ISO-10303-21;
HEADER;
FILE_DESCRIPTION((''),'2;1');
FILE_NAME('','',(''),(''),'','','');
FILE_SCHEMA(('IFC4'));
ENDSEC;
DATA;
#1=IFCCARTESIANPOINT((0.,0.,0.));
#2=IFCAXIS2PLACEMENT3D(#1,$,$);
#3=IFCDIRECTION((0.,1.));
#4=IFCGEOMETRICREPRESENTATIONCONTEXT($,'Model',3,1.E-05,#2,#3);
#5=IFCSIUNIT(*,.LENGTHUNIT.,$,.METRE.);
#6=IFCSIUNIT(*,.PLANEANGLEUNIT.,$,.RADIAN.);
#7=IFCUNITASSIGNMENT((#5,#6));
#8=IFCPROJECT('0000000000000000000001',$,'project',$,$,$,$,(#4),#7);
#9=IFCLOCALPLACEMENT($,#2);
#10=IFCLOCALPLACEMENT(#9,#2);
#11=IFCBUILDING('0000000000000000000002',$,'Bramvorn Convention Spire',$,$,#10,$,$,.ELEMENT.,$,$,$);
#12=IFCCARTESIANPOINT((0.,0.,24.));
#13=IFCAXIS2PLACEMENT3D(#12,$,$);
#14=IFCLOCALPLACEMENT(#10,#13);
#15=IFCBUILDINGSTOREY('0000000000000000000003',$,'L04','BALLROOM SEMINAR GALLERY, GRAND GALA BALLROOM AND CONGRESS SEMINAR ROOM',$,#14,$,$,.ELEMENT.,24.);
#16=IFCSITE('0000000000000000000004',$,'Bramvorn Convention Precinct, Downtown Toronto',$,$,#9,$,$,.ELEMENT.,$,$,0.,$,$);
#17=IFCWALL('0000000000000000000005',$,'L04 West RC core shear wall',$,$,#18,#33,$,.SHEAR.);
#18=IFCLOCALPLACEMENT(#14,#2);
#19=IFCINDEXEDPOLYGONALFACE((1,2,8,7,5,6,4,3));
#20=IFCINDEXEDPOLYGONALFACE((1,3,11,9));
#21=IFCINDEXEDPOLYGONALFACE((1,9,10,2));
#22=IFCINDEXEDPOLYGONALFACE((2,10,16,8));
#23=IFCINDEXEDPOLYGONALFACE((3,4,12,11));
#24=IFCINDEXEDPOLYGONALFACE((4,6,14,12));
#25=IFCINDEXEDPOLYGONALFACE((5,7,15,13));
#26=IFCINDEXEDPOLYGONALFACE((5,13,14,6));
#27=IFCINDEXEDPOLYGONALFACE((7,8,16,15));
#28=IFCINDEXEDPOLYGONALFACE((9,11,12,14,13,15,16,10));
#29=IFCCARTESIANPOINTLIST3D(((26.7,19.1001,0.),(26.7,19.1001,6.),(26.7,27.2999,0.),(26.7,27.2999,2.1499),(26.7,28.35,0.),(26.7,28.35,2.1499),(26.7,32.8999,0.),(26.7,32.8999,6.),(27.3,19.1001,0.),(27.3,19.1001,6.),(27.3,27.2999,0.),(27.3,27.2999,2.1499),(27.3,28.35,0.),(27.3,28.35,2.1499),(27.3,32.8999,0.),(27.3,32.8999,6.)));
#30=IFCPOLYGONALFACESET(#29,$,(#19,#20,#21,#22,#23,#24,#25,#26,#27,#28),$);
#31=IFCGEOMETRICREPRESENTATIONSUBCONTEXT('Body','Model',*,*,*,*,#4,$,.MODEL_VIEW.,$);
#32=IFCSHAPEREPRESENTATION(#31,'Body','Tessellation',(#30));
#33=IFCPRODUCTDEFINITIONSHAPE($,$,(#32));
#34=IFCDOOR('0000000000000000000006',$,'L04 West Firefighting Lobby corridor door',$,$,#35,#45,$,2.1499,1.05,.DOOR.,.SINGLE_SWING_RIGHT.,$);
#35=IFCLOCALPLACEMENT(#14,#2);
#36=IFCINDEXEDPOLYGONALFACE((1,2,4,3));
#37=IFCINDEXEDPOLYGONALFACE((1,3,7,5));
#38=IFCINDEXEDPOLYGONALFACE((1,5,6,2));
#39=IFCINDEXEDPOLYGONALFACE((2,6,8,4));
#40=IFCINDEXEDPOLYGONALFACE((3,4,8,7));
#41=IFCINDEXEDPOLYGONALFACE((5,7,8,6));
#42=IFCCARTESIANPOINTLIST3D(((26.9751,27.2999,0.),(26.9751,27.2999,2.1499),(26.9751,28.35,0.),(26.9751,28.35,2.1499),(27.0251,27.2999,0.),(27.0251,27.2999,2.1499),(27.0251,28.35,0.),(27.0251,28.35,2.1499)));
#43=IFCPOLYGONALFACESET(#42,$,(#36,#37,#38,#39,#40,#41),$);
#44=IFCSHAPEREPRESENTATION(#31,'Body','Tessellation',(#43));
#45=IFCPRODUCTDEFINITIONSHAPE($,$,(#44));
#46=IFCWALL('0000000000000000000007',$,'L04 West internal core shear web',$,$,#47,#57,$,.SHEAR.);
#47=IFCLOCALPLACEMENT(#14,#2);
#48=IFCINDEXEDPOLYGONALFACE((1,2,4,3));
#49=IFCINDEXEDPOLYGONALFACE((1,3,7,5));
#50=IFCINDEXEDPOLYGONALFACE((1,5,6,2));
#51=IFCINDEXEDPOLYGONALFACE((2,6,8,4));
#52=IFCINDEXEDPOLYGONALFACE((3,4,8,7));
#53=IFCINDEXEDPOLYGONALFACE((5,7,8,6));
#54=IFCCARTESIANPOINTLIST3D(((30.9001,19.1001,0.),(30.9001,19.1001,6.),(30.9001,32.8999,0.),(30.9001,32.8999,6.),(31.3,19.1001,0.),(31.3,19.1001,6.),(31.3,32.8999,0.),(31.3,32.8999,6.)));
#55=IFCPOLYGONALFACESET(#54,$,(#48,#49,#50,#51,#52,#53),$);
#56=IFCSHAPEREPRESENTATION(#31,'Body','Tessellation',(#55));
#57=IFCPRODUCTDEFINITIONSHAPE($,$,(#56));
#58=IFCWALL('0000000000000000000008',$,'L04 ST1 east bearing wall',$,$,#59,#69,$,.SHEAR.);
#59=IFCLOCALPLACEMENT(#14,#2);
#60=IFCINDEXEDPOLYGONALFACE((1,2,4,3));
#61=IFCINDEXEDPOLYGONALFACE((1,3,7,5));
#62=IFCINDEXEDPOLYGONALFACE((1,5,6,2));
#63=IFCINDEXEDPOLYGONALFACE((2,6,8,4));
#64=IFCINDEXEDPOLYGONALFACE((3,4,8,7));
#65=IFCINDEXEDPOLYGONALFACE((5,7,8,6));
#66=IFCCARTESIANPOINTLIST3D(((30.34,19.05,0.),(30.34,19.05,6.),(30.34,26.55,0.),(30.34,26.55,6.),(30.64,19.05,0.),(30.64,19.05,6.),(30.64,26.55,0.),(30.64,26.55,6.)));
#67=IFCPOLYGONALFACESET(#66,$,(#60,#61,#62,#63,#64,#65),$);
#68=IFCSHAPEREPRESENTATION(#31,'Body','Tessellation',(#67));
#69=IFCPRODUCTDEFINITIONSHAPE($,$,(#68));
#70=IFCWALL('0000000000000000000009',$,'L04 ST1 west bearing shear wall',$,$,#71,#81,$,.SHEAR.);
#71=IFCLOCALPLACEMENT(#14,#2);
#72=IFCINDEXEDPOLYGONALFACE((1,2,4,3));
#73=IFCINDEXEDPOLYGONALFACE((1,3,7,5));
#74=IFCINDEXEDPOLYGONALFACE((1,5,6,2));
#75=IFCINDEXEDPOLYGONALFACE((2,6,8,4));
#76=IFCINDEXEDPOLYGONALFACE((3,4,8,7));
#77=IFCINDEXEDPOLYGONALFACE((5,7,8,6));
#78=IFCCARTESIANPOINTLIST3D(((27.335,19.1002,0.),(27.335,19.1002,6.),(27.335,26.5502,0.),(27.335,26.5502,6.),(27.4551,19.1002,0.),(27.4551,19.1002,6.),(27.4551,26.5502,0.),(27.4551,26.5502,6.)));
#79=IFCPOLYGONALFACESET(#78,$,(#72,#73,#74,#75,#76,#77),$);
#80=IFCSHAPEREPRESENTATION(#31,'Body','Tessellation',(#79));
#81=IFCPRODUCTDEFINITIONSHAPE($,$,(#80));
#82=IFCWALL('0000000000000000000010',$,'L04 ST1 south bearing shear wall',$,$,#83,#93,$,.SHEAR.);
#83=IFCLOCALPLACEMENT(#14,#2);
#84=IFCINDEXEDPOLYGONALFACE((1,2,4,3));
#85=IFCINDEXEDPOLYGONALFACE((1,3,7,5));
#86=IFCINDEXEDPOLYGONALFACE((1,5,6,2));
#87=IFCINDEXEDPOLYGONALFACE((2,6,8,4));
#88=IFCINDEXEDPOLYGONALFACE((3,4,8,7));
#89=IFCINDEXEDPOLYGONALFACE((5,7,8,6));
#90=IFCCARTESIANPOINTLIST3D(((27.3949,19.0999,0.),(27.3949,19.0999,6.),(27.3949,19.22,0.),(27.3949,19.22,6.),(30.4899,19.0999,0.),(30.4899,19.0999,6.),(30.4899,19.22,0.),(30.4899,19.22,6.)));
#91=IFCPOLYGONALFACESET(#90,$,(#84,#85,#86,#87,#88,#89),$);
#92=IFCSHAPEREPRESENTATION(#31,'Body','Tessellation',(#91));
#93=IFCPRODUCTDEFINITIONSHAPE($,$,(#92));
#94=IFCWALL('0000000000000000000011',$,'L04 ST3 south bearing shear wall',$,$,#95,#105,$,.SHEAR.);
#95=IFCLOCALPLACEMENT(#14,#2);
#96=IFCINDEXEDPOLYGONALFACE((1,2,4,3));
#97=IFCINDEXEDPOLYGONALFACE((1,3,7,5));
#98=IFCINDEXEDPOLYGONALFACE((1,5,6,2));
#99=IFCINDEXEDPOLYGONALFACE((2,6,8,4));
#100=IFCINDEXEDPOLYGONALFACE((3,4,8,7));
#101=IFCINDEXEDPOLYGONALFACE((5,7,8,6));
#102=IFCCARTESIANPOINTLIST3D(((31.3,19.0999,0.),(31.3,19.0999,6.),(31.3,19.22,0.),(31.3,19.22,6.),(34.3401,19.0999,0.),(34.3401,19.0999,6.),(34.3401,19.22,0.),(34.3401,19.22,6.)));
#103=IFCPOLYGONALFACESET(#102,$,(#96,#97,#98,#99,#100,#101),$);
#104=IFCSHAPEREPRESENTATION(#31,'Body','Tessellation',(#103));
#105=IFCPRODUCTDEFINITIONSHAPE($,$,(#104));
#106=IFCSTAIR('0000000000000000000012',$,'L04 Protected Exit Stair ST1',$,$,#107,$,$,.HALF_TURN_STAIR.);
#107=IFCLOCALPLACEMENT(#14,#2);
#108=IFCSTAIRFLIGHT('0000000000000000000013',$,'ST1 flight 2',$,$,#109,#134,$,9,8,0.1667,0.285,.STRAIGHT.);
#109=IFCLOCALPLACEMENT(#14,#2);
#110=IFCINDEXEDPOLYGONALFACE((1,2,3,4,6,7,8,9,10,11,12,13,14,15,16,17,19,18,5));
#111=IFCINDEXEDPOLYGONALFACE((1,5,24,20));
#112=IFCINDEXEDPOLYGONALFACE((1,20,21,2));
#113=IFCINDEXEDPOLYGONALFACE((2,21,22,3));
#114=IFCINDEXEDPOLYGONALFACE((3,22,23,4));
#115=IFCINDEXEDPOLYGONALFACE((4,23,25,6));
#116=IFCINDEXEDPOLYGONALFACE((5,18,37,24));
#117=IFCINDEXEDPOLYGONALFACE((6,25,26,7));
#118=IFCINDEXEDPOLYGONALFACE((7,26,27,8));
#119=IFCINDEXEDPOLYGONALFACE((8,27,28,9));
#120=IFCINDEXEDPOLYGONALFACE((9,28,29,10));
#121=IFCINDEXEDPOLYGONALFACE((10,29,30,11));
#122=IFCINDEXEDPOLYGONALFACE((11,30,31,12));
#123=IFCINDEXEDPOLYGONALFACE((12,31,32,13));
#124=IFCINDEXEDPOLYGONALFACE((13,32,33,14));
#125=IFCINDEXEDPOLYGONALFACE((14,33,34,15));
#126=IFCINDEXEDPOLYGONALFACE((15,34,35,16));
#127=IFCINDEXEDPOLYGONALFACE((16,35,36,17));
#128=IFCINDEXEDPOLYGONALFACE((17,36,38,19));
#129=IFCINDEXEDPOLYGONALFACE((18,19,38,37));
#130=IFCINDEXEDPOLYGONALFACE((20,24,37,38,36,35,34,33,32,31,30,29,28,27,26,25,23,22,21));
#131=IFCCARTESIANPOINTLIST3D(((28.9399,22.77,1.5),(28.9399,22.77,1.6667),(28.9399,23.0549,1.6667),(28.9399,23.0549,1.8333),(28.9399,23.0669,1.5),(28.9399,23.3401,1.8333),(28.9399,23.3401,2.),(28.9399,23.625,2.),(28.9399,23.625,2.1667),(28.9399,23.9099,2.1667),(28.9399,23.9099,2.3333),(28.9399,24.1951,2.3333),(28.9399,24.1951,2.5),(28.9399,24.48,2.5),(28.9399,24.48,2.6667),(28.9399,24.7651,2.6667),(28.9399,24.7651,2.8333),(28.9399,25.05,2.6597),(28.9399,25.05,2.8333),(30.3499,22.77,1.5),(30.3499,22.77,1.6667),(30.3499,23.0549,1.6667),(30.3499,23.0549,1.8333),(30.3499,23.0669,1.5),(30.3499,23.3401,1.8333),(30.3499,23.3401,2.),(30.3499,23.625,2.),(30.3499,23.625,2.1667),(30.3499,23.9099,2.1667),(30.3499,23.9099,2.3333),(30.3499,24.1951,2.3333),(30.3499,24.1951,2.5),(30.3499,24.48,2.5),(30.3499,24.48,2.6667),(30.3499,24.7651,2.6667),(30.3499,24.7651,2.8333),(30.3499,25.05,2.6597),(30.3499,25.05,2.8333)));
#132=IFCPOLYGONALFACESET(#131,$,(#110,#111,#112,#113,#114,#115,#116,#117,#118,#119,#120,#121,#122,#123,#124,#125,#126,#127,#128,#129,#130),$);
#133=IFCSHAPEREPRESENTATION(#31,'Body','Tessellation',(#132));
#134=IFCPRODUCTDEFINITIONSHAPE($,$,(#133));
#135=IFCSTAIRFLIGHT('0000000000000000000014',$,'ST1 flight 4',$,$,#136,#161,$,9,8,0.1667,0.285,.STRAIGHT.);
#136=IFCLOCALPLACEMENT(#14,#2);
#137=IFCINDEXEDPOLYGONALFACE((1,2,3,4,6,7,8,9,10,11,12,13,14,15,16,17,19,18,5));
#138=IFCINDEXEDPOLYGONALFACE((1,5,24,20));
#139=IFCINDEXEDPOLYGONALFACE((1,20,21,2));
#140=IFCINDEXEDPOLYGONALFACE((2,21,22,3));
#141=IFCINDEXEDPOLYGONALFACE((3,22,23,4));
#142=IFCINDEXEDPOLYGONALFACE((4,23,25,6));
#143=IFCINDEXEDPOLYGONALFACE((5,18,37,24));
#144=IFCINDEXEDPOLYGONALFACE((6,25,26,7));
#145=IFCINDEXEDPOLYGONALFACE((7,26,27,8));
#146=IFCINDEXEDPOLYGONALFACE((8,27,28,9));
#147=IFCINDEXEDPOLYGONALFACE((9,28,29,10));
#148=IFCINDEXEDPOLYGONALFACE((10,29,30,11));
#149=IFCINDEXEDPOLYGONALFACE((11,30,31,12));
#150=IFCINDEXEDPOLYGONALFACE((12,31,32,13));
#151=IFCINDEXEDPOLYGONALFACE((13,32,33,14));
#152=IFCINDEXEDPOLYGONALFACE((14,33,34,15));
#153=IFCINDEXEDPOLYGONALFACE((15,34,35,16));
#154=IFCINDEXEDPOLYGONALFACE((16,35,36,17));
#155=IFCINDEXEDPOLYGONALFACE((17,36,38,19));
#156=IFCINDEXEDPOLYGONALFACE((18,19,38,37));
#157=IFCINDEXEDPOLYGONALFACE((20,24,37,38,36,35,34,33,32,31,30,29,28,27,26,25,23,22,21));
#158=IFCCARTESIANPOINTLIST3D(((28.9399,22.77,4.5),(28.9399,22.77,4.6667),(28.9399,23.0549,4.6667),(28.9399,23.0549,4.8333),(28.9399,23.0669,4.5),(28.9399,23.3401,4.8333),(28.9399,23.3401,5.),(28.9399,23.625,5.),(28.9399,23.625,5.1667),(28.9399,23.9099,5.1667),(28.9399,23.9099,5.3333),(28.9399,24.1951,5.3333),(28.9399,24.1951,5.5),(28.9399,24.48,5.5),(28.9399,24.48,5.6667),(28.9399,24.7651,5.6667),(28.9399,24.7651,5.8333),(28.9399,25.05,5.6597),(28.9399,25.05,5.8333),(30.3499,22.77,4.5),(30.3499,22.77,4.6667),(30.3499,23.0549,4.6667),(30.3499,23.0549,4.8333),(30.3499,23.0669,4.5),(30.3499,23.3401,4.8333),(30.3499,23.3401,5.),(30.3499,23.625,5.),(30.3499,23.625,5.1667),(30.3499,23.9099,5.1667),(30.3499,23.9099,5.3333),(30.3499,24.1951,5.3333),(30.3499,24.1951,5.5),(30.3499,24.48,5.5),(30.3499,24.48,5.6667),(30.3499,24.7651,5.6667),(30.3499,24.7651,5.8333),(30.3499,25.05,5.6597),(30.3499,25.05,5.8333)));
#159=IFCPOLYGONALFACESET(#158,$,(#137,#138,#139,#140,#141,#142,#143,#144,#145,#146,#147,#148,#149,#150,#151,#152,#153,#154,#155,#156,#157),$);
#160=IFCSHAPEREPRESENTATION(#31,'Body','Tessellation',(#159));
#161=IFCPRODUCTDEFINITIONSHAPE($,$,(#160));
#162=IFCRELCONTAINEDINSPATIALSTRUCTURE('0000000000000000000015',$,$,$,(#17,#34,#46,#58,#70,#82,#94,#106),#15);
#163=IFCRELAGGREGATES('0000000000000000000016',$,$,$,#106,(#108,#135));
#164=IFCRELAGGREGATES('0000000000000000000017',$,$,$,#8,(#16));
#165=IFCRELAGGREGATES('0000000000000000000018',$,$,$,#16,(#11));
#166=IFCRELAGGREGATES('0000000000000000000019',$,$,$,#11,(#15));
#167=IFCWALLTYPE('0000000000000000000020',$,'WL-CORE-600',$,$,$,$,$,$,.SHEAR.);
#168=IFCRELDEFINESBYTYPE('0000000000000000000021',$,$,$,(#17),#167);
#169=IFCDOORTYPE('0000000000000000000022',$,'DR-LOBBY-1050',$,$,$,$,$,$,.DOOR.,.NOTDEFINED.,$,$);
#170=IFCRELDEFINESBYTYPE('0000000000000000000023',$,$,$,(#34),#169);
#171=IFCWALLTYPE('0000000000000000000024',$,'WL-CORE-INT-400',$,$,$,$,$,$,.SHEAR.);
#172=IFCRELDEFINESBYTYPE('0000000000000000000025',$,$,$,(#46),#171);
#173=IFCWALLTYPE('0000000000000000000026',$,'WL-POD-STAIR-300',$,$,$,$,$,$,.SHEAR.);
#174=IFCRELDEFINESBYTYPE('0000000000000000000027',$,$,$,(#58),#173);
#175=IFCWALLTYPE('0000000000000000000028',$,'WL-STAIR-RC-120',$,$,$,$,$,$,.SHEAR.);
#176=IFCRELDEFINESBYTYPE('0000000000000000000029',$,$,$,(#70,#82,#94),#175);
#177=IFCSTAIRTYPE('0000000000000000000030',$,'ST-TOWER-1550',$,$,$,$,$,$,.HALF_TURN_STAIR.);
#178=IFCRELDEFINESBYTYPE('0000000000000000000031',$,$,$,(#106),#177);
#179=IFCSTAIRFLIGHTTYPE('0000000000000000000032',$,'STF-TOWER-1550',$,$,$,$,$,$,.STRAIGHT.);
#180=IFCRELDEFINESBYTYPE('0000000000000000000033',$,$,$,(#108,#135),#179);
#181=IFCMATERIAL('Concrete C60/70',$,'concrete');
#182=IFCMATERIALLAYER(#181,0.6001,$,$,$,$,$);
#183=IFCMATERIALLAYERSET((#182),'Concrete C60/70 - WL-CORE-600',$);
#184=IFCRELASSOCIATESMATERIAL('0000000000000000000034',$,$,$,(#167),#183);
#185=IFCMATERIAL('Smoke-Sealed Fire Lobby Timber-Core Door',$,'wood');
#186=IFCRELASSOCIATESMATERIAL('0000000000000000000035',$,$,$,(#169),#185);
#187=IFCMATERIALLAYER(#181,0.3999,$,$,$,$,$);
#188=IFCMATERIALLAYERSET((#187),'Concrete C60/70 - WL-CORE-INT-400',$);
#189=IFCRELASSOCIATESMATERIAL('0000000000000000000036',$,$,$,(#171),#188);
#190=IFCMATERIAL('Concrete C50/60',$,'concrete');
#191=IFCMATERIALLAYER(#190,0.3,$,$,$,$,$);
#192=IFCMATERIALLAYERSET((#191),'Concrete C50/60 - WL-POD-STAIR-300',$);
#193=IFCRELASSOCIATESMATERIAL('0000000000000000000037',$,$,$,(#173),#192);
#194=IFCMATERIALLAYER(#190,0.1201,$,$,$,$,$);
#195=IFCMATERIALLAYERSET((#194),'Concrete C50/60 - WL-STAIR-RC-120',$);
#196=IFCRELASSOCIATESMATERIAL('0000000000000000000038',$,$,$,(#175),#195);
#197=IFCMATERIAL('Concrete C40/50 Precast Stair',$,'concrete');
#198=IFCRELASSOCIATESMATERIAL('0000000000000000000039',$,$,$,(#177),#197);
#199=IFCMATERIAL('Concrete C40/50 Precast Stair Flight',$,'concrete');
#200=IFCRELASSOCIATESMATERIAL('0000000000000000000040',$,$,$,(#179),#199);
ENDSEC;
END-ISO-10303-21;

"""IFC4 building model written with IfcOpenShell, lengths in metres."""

from ifc_helpers import new_model, si_unit, direction, frame, frame_2d, origin, place, context, subcontext, project, spatial, polyline, rectangle, outline, extrude, material, layer, layer_set, type_object, element, fill, aggregate, save


model = new_model("IFC4")

# Units and contexts
model_context = context("Model", 3, precision=1e-05, world=origin(), true_north=direction((0.0, 1.0)))
body_context = subcontext(model_context, "Body", "Model", "MODEL_VIEW")
ifc_project = project(units=[si_unit("LENGTHUNIT", "METRE"), si_unit("PLANEANGLEUNIT", "RADIAN")], contexts=[model_context])

# Site, building, storey
site_placement = place(None, origin())
site = spatial("IfcSite", under=ifc_project, at=site_placement, Name="Bramvorn Convention Precinct, Downtown Toronto", CompositionType="ELEMENT", RefElevation=0.0)
building_placement = place(site_placement, origin())
building = spatial("IfcBuilding", under=site, at=building_placement, Name="Bramvorn Convention Spire", CompositionType="ELEMENT")
storey_placement = place(building_placement, frame((0.0, 0.0, 24.0)))
storey = spatial("IfcBuildingStorey", under=building, at=storey_placement, Name="L04", Description="BALLROOM SEMINAR GALLERY, GRAND GALA BALLROOM AND CONGRESS SEMINAR ROOM", CompositionType="ELEMENT", Elevation=24.0)

# Wall, opening, door
ifc_material_1 = material(Name="Concrete C60/70", Category="concrete")
ifc_layer_1 = layer(ifc_material_1, 0.6001)
ifc_layer_set_1 = layer_set([ifc_layer_1], Name="Concrete C60/70 - WL-CORE-600")
wall_type_1 = type_object("IfcWallType", Name="WL-CORE-600", PredefinedType="SHEAR", material=ifc_layer_set_1)
wall_1_placement = place(storey_placement, frame((27.0, 19.1001, 0.0), z_axis=(0.0, 0.0, 1.0), x_axis=(0.0, 1.0, 0.0)))
wall_1 = element("IfcWall", 1, at=wall_1_placement, inside=storey, type_object=wall_type_1, Name="L04 West RC core shear wall", PredefinedType="SHEAR", context=body_context, shape_type="SweptSolid", body=[
    extrude(rectangle(XDim=13.7998, YDim=0.6001, at=frame_2d((6.8999, 0.0))), origin(), (0.0, 0.0, 1.0), 6.0),
])
opening_placement = place(wall_1_placement, frame((8.2, 0.0, 0.0)))
opening = element("IfcOpeningElement", 2, at=opening_placement, cuts=wall_1, PredefinedType="OPENING", context=body_context, shape_type="SweptSolid", body=[
    extrude(rectangle(XDim=1.05, YDim=2.1499, at=frame_2d((0.5249, 1.075))), frame((0.0, 0.3101, 0.0), z_axis=(0.0, -1.0, 0.0), x_axis=(1.0, 0.0, 0.0)), (0.0, 0.0, 1.0), 0.6201),
])
ifc_material_2 = material(Name="Smoke-Sealed Fire Lobby Timber-Core Door", Category="wood")
door_type = type_object("IfcDoorType", Name="DR-LOBBY-1050", OperationType="NOTDEFINED", PredefinedType="DOOR", material=ifc_material_2)
door_placement = place(opening_placement, origin())
door = element("IfcDoor", 3, at=door_placement, inside=storey, type_object=door_type, Name="L04 West Firefighting Lobby corridor door", OperationType="SINGLE_SWING_RIGHT", OverallHeight=2.1499, OverallWidth=1.05, PredefinedType="DOOR", context=body_context, shape_type="SweptSolid", body=[
    extrude(rectangle(XDim=1.05, YDim=2.1499, at=frame_2d((0.5249, 1.075))), frame((0.0, 0.0249, 0.0), z_axis=(0.0, -1.0, 0.0), x_axis=(1.0, 0.0, 0.0)), (0.0, 0.0, 1.0), 0.05),
])
fill(opening, door)

# Walls
ifc_layer_2 = layer(ifc_material_1, 0.3999)
ifc_layer_set_2 = layer_set([ifc_layer_2], Name="Concrete C60/70 - WL-CORE-INT-400")
wall_type_2 = type_object("IfcWallType", Name="WL-CORE-INT-400", PredefinedType="SHEAR", material=ifc_layer_set_2)
wall_2_placement = place(storey_placement, frame((31.1001, 19.1001, 0.0), z_axis=(0.0, 0.0, 1.0), x_axis=(0.0, 1.0, 0.0)))
element("IfcWall", 4, at=wall_2_placement, inside=storey, type_object=wall_type_2, Name="L04 West internal core shear web", PredefinedType="SHEAR", context=body_context, shape_type="SweptSolid", body=[
    extrude(rectangle(XDim=13.7998, YDim=0.3999, at=frame_2d((6.8999, 0.0))), origin(), (0.0, 0.0, 1.0), 6.0),
])
ifc_material_3 = material(Name="Concrete C50/60", Category="concrete")
ifc_layer_3 = layer(ifc_material_3, 0.3)
ifc_layer_set_3 = layer_set([ifc_layer_3], Name="Concrete C50/60 - WL-POD-STAIR-300")
wall_type_3 = type_object("IfcWallType", Name="WL-POD-STAIR-300", PredefinedType="SHEAR", material=ifc_layer_set_3)
wall_3_placement = place(storey_placement, frame((30.49, 19.05, 0.0), z_axis=(0.0, 0.0, 1.0), x_axis=(0.0, 1.0, 0.0)))
element("IfcWall", 5, at=wall_3_placement, inside=storey, type_object=wall_type_3, Name="L04 ST1 east bearing wall", PredefinedType="SHEAR", context=body_context, shape_type="SweptSolid", body=[
    extrude(rectangle(XDim=7.5, YDim=0.3, at=frame_2d((3.75, 0.0))), origin(), (0.0, 0.0, 1.0), 6.0),
])
ifc_layer_4 = layer(ifc_material_3, 0.1201)
ifc_layer_set_4 = layer_set([ifc_layer_4], Name="Concrete C50/60 - WL-STAIR-RC-120")
wall_type_4 = type_object("IfcWallType", Name="WL-STAIR-RC-120", PredefinedType="SHEAR", material=ifc_layer_set_4)
wall_4_placement = place(storey_placement, frame((27.395, 19.1001, 0.0), z_axis=(0.0, 0.0, 1.0), x_axis=(0.0, 1.0, 0.0)))
element("IfcWall", 6, at=wall_4_placement, inside=storey, type_object=wall_type_4, Name="L04 ST1 west bearing shear wall", PredefinedType="SHEAR", context=body_context, shape_type="SweptSolid", body=[
    extrude(rectangle(XDim=7.45, YDim=0.1201, at=frame_2d((3.7251, 0.0))), origin(), (0.0, 0.0, 1.0), 6.0),
])
wall_5_placement = place(storey_placement, frame((27.395, 19.1599, 0.0), z_axis=(0.0, 0.0, 1.0), x_axis=(1.0, 0.0, 0.0)))
element("IfcWall", 7, at=wall_5_placement, inside=storey, type_object=wall_type_4, Name="L04 ST1 south bearing shear wall", PredefinedType="SHEAR", context=body_context, shape_type="SweptSolid", body=[
    extrude(rectangle(XDim=3.095, YDim=0.1201, at=frame_2d((1.5474, 0.0))), origin(), (0.0, 0.0, 1.0), 6.0),
])
wall_6_placement = place(storey_placement, frame((31.3, 19.1599, 0.0), z_axis=(0.0, 0.0, 1.0), x_axis=(1.0, 0.0, 0.0)))
element("IfcWall", 8, at=wall_6_placement, inside=storey, type_object=wall_type_4, Name="L04 ST3 south bearing shear wall", PredefinedType="SHEAR", context=body_context, shape_type="SweptSolid", body=[
    extrude(rectangle(XDim=3.04, YDim=0.1201, at=frame_2d((1.52, 0.0))), origin(), (0.0, 0.0, 1.0), 6.0),
])

# Stair, stair flights
ifc_material_4 = material(Name="Concrete C40/50 Precast Stair", Category="concrete")
stair_type = type_object("IfcStairType", Name="ST-TOWER-1550", PredefinedType="HALF_TURN_STAIR", material=ifc_material_4)
stair_placement = place(storey_placement, origin())
stair = element("IfcStair", 9, at=stair_placement, inside=storey, type_object=stair_type, Name="L04 Protected Exit Stair ST1", PredefinedType="HALF_TURN_STAIR")
ifc_material_5 = material(Name="Concrete C40/50 Precast Stair Flight", Category="concrete")
stair_flight_type = type_object("IfcStairFlightType", Name="STF-TOWER-1550", PredefinedType="STRAIGHT", material=ifc_material_5)
stair_flight_1_placement = place(storey_placement, frame((29.645, 22.77, 1.5), z_axis=(0.0, 0.0, 1.0), x_axis=(0.0, 1.0, 0.0)))
stair_flight_1 = element("IfcStairFlight", 10, at=stair_flight_1_placement, type_object=stair_flight_type, Name="ST1 flight 2", NumberOfRisers=9, NumberOfTreads=8, PredefinedType="STRAIGHT", RiserHeight=0.1667, TreadLength=0.285, context=body_context, shape_type="SweptSolid", body=[
    extrude(outline(polyline([(0.0, 0.0), (0.0, 0.1667), (0.2849, 0.1667), (0.2849, 0.3333), (0.5701, 0.3333), (0.5701, 0.5), (0.855, 0.5), (0.855, 0.6667), (1.1399, 0.6667), (1.1399, 0.8333), (1.425, 0.8333), (1.425, 1.0), (1.71, 1.0), (1.71, 1.1667), (1.9951, 1.1667), (1.9951, 1.3333), (2.28, 1.3333), (2.28, 1.5), (2.28, 1.1597), (0.2969, 0.0), (0.0, 0.0)])), frame((0.0, 0.7051, 0.0), z_axis=(0.0, -1.0, 0.0), x_axis=(1.0, 0.0, 0.0)), (0.0, 0.0, 1.0), 1.4099),
])
stair_flight_2_placement = place(storey_placement, frame((29.645, 22.77, 4.5), z_axis=(0.0, 0.0, 1.0), x_axis=(0.0, 1.0, 0.0)))
stair_flight_2 = element("IfcStairFlight", 11, at=stair_flight_2_placement, type_object=stair_flight_type, Name="ST1 flight 4", NumberOfRisers=9, NumberOfTreads=8, PredefinedType="STRAIGHT", RiserHeight=0.1667, TreadLength=0.285, context=body_context, shape_type="SweptSolid", body=[
    extrude(outline(polyline([(0.0, 0.0), (0.0, 0.1667), (0.2849, 0.1667), (0.2849, 0.3333), (0.5701, 0.3333), (0.5701, 0.5), (0.855, 0.5), (0.855, 0.6667), (1.1399, 0.6667), (1.1399, 0.8333), (1.425, 0.8333), (1.425, 1.0), (1.71, 1.0), (1.71, 1.1667), (1.9951, 1.1667), (1.9951, 1.3333), (2.28, 1.3333), (2.28, 1.5), (2.28, 1.1597), (0.2969, 0.0), (0.0, 0.0)])), frame((0.0, 0.7051, 0.0), z_axis=(0.0, -1.0, 0.0), x_axis=(1.0, 0.0, 0.0)), (0.0, 0.0, 1.0), 1.4099),
])
aggregate(stair, [stair_flight_1, stair_flight_2])

save(model, "model.ifc")
